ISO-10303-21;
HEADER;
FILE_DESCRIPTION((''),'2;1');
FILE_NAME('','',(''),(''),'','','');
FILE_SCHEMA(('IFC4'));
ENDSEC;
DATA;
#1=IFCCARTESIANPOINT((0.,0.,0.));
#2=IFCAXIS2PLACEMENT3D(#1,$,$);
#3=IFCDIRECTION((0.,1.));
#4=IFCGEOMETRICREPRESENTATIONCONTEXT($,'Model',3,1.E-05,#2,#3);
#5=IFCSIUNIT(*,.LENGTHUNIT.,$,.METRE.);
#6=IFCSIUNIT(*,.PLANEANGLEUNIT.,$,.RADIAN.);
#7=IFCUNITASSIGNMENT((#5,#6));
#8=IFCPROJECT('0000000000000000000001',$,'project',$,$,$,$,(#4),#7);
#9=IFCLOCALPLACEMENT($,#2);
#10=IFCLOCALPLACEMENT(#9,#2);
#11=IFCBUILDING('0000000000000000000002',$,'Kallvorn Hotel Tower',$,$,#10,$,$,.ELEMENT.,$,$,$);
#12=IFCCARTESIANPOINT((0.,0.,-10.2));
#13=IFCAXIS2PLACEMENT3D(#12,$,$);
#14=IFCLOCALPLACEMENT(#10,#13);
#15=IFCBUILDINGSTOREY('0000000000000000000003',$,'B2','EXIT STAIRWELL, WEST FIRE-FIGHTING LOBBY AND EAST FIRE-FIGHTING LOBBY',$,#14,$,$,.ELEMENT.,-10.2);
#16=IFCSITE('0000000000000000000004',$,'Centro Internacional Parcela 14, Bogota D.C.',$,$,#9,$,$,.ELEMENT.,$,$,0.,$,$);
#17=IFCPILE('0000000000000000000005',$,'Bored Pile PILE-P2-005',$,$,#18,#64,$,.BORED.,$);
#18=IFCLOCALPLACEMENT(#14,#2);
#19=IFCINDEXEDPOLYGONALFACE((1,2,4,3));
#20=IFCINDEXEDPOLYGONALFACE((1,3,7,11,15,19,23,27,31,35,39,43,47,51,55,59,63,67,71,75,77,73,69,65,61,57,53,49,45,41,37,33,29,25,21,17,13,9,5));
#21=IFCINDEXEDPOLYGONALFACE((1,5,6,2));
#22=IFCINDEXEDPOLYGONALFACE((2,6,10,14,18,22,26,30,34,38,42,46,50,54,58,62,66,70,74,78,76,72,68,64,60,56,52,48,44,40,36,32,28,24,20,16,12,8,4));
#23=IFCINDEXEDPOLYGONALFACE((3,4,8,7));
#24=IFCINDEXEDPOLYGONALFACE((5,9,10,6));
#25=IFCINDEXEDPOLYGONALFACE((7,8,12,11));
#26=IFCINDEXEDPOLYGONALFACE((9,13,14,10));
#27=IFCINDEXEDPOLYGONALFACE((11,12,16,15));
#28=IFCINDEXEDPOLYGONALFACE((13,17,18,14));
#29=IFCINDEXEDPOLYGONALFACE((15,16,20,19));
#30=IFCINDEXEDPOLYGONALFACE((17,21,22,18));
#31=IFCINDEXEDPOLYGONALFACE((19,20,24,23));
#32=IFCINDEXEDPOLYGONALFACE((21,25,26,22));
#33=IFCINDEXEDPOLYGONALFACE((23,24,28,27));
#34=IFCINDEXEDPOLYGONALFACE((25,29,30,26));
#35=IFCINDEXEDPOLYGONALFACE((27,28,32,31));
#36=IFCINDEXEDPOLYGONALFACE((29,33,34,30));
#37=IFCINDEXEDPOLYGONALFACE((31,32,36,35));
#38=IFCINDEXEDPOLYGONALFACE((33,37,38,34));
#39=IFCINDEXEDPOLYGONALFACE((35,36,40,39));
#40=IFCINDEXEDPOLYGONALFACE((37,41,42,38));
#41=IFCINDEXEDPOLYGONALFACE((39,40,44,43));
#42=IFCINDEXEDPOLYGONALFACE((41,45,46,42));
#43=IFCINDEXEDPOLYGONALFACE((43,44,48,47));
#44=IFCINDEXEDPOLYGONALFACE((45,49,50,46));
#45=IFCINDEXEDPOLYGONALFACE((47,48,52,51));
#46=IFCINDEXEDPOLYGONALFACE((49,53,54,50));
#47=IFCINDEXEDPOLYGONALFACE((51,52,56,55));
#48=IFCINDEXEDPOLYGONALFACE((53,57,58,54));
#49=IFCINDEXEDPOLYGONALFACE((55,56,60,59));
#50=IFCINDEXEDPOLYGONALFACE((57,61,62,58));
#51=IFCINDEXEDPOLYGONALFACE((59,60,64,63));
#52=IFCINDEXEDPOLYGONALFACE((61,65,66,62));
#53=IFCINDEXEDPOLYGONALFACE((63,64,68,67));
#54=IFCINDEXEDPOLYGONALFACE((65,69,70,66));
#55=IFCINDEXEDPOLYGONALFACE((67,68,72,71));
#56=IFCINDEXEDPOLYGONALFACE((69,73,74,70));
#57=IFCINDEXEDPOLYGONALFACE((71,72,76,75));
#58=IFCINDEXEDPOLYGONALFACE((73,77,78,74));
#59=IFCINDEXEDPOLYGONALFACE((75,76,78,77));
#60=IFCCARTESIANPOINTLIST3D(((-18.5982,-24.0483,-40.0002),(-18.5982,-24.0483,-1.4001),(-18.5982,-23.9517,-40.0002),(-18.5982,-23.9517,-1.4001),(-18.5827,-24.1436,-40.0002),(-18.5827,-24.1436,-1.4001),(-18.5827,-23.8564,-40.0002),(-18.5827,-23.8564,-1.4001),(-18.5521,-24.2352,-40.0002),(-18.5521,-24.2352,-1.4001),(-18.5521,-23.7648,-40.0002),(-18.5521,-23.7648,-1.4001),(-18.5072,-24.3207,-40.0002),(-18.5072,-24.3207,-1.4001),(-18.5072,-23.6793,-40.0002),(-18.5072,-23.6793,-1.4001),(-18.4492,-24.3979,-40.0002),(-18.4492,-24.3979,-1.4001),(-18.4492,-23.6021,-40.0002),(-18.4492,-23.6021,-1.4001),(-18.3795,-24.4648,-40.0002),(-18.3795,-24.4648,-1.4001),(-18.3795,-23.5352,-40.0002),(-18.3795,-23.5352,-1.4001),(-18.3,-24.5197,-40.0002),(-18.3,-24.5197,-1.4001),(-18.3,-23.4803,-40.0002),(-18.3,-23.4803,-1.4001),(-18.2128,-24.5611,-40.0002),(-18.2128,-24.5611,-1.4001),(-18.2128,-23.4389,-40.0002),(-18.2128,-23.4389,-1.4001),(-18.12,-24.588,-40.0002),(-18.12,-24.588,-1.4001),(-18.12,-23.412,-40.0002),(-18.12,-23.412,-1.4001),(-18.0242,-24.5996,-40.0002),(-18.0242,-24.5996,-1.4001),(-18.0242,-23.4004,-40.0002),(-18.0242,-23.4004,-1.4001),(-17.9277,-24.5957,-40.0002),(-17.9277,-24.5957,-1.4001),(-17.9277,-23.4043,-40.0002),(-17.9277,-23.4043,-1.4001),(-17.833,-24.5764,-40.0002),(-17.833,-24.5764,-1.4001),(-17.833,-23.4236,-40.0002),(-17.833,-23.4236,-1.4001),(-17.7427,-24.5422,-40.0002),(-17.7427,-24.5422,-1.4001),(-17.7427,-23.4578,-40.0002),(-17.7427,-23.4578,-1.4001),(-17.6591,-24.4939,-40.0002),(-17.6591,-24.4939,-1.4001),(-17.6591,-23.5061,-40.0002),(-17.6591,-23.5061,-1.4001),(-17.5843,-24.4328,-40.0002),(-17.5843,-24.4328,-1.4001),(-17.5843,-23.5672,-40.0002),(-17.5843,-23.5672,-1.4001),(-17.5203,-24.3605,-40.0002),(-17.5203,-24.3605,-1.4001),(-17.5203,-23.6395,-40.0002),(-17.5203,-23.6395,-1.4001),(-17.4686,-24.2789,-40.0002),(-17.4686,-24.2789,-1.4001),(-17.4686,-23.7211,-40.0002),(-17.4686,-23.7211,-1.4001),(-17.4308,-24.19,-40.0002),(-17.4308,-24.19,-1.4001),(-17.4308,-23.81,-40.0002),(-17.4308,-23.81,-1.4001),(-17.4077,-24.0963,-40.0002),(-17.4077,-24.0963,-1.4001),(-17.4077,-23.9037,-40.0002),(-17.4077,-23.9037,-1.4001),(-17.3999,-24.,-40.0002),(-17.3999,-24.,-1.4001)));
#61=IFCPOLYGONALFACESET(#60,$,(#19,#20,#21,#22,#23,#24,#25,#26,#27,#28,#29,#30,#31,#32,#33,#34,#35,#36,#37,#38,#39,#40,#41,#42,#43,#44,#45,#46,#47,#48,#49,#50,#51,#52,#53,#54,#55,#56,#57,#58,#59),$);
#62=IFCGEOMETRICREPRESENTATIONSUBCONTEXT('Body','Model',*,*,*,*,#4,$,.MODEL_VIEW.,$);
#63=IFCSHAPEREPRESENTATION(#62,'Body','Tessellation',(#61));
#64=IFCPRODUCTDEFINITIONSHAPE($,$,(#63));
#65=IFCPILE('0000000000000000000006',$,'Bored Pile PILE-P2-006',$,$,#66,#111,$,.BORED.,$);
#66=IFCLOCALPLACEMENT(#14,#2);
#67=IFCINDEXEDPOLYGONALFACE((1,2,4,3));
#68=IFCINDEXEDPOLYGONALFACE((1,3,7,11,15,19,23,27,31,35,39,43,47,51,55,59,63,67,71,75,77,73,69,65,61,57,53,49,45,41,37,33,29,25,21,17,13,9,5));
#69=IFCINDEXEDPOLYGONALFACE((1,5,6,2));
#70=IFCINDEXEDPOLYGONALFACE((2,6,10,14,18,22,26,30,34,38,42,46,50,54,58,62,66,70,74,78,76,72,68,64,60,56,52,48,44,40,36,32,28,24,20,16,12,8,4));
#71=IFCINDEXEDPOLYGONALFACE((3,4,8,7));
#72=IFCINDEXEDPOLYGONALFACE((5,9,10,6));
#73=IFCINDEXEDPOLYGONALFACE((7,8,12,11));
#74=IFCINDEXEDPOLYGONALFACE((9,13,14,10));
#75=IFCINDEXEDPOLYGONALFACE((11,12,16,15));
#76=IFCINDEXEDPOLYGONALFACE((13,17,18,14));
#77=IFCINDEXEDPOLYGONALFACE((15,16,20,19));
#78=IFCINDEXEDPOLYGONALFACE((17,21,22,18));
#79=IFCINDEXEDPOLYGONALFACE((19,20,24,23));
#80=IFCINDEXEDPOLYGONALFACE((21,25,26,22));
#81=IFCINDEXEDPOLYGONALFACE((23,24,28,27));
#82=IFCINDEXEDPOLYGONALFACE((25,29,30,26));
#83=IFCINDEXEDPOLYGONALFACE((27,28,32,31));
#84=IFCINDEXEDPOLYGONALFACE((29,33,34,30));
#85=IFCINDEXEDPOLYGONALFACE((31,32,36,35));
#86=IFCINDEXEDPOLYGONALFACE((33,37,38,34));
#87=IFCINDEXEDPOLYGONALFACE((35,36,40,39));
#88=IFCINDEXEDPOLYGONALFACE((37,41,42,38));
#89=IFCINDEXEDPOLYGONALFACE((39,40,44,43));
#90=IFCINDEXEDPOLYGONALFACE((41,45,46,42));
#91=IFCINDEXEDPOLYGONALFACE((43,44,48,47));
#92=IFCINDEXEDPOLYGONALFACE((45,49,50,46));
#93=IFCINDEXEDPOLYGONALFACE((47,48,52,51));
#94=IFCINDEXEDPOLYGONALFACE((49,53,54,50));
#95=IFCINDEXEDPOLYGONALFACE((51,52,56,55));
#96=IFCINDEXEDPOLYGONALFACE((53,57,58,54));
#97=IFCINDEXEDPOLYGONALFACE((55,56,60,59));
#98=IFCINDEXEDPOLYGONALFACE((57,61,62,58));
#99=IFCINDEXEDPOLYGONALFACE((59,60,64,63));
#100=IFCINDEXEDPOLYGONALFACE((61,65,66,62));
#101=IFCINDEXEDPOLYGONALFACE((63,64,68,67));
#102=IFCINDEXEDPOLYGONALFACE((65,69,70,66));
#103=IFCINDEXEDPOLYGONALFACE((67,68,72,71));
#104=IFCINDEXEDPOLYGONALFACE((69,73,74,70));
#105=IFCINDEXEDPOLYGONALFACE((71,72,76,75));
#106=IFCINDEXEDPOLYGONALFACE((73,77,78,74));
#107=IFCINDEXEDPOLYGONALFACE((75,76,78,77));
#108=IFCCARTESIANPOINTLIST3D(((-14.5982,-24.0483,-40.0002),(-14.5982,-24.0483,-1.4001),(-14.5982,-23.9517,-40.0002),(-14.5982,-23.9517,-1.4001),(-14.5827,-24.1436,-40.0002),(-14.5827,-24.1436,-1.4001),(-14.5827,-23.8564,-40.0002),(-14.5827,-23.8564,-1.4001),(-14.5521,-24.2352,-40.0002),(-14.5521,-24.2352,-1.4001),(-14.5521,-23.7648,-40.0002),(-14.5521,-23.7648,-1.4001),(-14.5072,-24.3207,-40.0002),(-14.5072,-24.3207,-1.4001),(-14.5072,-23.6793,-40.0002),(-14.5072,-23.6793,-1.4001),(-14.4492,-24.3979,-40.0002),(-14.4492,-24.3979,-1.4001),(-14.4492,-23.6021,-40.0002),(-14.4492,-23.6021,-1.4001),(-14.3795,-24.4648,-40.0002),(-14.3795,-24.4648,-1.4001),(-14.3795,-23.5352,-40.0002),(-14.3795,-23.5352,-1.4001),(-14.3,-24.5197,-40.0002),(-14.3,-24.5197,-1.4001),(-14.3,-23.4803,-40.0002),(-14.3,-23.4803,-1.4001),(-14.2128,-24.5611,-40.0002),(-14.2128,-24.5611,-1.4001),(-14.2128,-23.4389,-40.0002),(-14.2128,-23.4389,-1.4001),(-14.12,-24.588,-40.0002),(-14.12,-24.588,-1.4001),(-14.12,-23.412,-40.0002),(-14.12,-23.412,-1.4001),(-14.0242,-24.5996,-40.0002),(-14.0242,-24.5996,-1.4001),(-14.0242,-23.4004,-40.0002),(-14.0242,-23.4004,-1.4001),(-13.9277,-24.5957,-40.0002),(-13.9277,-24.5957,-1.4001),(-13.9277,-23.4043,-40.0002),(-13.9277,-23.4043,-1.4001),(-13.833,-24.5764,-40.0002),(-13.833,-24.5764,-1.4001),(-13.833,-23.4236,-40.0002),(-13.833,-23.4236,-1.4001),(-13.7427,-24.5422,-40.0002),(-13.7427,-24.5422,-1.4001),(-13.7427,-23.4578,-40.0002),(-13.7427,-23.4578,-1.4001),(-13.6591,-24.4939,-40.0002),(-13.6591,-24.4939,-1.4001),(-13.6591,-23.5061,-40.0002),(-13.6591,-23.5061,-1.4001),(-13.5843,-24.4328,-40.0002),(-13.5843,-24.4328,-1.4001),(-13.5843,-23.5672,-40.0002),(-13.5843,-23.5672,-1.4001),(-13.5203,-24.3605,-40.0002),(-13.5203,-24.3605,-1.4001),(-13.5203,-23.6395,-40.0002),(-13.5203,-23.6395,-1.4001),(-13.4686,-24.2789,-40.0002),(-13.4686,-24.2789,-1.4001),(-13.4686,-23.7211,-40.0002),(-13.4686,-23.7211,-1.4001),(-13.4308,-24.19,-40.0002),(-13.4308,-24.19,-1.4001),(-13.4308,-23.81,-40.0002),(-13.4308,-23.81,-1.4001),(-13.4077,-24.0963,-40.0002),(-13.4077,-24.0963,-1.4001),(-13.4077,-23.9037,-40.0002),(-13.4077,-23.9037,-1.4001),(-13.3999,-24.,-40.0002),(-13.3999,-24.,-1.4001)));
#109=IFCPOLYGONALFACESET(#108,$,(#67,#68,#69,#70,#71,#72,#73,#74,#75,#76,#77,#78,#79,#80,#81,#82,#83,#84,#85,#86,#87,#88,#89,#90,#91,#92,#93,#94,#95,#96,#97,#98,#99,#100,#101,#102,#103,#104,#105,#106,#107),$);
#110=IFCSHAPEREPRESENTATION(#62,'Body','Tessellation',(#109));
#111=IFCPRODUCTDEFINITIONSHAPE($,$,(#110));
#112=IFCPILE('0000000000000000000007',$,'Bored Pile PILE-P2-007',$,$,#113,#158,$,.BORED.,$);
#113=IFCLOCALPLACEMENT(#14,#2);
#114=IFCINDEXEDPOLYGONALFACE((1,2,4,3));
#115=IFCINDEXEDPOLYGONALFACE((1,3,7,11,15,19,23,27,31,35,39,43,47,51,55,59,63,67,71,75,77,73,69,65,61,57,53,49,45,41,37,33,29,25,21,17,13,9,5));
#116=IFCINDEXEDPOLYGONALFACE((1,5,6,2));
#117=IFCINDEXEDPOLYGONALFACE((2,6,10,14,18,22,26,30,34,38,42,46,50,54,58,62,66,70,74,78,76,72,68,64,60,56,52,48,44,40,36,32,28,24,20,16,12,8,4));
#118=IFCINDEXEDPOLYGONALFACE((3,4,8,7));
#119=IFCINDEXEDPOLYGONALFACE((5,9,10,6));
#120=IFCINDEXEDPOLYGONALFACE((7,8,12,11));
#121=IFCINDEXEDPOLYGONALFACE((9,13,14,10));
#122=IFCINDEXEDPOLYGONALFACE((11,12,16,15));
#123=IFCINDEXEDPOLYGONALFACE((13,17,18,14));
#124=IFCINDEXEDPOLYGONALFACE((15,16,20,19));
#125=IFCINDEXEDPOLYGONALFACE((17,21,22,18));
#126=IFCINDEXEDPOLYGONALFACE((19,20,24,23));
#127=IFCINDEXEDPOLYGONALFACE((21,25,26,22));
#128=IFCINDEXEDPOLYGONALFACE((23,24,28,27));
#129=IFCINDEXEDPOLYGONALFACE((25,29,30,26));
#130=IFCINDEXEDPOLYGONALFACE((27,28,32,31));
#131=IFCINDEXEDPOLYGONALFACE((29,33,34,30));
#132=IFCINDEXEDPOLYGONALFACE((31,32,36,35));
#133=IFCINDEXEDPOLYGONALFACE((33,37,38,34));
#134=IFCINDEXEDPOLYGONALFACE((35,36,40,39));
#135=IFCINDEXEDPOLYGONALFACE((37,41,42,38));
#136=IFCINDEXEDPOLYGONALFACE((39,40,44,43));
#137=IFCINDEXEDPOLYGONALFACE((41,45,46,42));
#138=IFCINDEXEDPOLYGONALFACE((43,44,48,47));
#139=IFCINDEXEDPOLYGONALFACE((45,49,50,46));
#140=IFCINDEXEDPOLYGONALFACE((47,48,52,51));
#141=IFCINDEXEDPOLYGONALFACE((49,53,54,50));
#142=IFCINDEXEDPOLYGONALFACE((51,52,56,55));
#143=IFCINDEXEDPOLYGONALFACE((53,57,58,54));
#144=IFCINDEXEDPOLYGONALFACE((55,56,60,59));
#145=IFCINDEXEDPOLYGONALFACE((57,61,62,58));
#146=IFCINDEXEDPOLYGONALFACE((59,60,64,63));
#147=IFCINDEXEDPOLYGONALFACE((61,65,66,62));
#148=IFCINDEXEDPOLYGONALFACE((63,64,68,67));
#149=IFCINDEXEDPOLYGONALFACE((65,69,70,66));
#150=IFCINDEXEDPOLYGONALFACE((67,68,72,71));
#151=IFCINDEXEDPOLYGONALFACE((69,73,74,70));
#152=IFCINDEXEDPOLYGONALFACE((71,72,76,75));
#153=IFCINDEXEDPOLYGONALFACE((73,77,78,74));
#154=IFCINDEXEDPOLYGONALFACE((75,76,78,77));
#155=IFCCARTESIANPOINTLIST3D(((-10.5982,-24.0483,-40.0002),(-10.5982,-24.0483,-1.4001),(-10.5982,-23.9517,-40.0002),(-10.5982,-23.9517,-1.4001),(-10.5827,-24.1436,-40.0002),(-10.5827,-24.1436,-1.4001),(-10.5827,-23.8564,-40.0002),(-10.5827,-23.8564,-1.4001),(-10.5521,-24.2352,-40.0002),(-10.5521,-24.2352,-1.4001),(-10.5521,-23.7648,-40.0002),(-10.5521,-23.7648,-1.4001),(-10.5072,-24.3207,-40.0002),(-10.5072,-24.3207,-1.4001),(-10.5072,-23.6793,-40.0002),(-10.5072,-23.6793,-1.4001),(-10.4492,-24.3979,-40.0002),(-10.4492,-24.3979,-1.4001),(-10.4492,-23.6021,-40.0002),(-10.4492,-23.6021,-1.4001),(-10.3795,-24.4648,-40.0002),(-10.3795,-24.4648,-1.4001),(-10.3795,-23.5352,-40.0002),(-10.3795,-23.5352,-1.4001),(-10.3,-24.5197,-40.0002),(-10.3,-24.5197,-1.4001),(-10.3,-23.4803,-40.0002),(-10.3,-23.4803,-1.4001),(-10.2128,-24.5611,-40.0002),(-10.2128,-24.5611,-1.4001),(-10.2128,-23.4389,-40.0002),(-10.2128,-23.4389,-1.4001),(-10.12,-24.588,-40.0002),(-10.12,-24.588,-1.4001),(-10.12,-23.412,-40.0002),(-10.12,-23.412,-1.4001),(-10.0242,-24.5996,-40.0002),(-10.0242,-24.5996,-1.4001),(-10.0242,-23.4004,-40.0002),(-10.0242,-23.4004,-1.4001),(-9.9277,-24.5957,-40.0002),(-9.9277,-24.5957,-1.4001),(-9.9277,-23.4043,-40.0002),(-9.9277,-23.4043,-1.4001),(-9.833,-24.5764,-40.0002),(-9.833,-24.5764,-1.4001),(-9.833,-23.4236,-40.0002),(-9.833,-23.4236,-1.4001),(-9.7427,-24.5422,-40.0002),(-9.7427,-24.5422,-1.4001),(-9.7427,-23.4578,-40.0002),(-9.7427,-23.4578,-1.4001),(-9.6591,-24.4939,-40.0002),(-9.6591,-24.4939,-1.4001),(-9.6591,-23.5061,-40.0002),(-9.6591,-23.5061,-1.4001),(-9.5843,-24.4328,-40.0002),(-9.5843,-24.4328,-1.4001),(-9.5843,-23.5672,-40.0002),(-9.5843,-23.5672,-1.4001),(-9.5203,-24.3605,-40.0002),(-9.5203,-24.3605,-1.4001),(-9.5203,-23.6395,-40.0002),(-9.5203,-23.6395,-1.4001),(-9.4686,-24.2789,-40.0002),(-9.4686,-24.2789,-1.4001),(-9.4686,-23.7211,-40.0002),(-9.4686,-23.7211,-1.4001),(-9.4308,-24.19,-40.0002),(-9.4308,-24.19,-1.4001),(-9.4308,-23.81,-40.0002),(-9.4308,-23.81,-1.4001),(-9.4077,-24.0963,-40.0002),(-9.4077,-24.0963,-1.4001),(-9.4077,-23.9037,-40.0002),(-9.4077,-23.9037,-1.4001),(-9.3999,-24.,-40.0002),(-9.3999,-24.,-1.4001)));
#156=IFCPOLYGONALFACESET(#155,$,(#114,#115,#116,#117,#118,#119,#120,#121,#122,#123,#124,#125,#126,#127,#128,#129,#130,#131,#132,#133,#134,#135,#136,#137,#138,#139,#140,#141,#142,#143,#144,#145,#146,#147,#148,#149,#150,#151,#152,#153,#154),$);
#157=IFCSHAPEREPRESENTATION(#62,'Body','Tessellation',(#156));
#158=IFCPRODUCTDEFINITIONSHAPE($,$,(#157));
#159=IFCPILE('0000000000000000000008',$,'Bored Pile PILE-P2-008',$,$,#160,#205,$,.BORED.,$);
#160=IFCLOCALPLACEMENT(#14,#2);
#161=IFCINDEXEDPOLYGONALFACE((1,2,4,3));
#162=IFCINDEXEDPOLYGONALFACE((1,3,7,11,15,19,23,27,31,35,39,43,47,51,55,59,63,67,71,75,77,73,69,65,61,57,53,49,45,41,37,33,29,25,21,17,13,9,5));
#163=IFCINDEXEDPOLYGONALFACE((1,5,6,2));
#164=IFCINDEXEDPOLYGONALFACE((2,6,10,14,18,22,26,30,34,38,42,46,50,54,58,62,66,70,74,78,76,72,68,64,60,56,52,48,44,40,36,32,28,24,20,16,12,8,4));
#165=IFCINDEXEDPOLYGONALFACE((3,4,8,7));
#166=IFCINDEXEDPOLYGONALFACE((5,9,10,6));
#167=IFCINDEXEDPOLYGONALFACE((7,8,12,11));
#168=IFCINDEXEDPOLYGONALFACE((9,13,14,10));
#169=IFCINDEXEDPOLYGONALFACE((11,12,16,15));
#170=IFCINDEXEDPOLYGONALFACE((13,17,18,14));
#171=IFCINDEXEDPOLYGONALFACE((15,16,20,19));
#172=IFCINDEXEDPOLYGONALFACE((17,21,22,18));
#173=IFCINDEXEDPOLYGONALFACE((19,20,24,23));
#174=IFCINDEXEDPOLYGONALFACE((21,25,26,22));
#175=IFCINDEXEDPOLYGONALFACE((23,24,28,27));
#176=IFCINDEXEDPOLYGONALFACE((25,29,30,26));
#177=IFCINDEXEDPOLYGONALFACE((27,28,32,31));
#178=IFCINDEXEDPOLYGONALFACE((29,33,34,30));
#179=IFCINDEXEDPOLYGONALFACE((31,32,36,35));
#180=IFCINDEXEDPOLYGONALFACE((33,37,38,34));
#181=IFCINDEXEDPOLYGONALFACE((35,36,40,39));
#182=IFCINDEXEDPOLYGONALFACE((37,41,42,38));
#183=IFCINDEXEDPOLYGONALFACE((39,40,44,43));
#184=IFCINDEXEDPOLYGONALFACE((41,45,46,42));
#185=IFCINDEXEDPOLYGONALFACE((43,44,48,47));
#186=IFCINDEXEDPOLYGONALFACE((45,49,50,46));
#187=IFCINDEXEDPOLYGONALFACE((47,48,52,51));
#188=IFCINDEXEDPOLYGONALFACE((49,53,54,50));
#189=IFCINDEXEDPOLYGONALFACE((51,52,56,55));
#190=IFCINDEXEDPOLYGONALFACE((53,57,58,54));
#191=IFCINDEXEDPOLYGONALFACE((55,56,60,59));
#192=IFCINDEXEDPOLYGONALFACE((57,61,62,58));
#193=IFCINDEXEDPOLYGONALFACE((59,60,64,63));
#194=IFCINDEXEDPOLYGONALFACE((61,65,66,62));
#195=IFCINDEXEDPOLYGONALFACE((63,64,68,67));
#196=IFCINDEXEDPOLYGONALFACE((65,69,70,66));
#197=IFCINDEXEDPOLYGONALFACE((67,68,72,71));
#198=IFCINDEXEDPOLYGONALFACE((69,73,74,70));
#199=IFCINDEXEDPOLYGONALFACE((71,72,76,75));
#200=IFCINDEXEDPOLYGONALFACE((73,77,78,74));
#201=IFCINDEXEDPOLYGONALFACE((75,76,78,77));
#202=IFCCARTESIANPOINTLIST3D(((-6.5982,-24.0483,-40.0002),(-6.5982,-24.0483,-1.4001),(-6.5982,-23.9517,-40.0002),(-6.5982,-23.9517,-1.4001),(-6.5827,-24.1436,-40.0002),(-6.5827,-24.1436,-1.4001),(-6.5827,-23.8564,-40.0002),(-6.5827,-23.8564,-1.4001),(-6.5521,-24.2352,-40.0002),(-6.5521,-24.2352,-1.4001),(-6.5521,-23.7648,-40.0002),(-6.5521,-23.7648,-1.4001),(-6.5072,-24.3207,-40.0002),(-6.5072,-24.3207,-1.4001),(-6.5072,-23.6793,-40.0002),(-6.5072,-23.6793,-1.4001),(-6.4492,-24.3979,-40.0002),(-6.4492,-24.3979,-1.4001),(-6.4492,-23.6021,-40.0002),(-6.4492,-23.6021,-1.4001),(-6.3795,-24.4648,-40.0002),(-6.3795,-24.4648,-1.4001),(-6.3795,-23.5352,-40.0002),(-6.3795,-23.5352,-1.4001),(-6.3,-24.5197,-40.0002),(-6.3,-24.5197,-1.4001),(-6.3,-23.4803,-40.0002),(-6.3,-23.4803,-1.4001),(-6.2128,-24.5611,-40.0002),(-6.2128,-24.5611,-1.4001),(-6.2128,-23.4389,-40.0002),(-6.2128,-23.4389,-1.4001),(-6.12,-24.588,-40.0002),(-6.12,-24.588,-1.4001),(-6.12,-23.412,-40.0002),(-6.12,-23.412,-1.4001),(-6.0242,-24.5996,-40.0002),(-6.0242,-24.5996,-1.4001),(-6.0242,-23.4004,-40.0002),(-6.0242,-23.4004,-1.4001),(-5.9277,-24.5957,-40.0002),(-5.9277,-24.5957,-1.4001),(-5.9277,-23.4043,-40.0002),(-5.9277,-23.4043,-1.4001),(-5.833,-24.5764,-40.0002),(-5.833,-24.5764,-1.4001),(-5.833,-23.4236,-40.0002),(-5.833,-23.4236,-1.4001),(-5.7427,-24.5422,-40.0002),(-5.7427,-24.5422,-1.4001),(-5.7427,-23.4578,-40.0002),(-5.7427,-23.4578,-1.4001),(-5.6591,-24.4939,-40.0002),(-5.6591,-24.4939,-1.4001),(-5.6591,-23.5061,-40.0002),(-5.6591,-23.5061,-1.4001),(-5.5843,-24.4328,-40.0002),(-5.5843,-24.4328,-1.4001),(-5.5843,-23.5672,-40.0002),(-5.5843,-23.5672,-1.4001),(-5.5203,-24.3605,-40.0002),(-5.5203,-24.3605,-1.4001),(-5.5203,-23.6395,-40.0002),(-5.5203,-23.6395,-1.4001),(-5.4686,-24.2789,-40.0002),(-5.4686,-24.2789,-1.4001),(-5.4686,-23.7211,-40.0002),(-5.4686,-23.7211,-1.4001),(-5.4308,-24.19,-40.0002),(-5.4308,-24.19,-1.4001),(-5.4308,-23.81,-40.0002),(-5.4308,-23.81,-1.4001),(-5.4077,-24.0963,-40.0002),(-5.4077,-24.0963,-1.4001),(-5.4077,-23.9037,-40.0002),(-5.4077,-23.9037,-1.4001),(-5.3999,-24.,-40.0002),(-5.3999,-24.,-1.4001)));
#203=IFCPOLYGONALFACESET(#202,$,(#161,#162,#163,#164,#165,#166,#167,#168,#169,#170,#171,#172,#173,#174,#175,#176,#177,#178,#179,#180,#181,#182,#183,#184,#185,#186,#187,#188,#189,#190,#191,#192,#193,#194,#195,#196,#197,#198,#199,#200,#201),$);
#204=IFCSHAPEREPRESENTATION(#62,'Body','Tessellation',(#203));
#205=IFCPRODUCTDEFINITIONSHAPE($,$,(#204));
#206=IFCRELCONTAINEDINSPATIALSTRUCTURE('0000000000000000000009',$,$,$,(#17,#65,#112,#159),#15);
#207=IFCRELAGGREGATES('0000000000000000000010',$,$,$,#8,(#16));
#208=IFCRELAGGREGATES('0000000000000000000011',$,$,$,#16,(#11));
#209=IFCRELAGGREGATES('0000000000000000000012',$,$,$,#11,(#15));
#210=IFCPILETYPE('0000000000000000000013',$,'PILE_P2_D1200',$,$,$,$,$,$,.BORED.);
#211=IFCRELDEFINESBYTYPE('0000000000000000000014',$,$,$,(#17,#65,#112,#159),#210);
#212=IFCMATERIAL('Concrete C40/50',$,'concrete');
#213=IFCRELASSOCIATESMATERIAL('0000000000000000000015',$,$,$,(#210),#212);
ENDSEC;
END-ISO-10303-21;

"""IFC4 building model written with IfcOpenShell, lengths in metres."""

from ifc_helpers import new_model, si_unit, direction, frame, origin, origin_2d, place, context, subcontext, project, spatial, circle, extrude, material, material_profile, profile_set, type_object, element, save


model = new_model("IFC4")

# Units and contexts
model_context = context("Model", 3, precision=1e-05, world=origin(), true_north=direction((0.0, 1.0)))
body_context = subcontext(model_context, "Body", "Model", "MODEL_VIEW")
ifc_project = project(units=[si_unit("LENGTHUNIT", "METRE"), si_unit("PLANEANGLEUNIT", "RADIAN")], contexts=[model_context])

# Site, building, storey
site_placement = place(None, origin())
site = spatial("IfcSite", under=ifc_project, at=site_placement, Name="Centro Internacional Parcela 14, Bogota D.C.", CompositionType="ELEMENT", RefElevation=0.0)
building_placement = place(site_placement, origin())
building = spatial("IfcBuilding", under=site, at=building_placement, Name="Kallvorn Hotel Tower", CompositionType="ELEMENT")
storey_placement = place(building_placement, frame((0.0, 0.0, -10.2)))
storey = spatial("IfcBuildingStorey", under=building, at=storey_placement, Name="B2", Description="EXIT STAIRWELL, WEST FIRE-FIGHTING LOBBY AND EAST FIRE-FIGHTING LOBBY", CompositionType="ELEMENT", Elevation=-10.2)

# Piles
ifc_material_1 = material(Name="Concrete C40/50", Category="concrete")
ifc_material_profile_1 = material_profile(ifc_material_1, circle(Radius=0.6001, at=origin_2d()), Name="PILE D1200")
ifc_profile_set_1 = profile_set([ifc_material_profile_1], Name="Concrete C40/50")
pile_type_1 = type_object("IfcPileType", Name="PILE_P2_D1200", PredefinedType="BORED", material=ifc_profile_set_1)
for number, where, z_axis, x_axis, name in (
    (1, (-18.0, -24.0, -1.4001), (0.0, 0.0, -1.0), (1.0, 0.0, 0.0), "Bored Pile PILE-P2-005"),
    (2, (-14.0, -24.0, -1.4001), (0.0, 0.0, -1.0), (1.0, 0.0, 0.0), "Bored Pile PILE-P2-006"),
    (3, (-10.0, -24.0, -1.4001), (0.0, 0.0, -1.0), (1.0, 0.0, 0.0), "Bored Pile PILE-P2-007"),
    (4, (-6.0, -24.0, -1.4001), (0.0, 0.0, -1.0), (1.0, 0.0, 0.0), "Bored Pile PILE-P2-008"),
):
    element("IfcPile", number, at=place(storey_placement, frame(where, z_axis=z_axis, x_axis=x_axis)), inside=storey, type_object=pile_type_1, Name=name, PredefinedType="BORED", context=body_context, shape_type="SweptSolid", body=[
        extrude(circle(Radius=0.6001, at=origin_2d()), origin(), (0.0, 0.0, 1.0), 38.6001),
    ])

save(model, "model.ifc")
